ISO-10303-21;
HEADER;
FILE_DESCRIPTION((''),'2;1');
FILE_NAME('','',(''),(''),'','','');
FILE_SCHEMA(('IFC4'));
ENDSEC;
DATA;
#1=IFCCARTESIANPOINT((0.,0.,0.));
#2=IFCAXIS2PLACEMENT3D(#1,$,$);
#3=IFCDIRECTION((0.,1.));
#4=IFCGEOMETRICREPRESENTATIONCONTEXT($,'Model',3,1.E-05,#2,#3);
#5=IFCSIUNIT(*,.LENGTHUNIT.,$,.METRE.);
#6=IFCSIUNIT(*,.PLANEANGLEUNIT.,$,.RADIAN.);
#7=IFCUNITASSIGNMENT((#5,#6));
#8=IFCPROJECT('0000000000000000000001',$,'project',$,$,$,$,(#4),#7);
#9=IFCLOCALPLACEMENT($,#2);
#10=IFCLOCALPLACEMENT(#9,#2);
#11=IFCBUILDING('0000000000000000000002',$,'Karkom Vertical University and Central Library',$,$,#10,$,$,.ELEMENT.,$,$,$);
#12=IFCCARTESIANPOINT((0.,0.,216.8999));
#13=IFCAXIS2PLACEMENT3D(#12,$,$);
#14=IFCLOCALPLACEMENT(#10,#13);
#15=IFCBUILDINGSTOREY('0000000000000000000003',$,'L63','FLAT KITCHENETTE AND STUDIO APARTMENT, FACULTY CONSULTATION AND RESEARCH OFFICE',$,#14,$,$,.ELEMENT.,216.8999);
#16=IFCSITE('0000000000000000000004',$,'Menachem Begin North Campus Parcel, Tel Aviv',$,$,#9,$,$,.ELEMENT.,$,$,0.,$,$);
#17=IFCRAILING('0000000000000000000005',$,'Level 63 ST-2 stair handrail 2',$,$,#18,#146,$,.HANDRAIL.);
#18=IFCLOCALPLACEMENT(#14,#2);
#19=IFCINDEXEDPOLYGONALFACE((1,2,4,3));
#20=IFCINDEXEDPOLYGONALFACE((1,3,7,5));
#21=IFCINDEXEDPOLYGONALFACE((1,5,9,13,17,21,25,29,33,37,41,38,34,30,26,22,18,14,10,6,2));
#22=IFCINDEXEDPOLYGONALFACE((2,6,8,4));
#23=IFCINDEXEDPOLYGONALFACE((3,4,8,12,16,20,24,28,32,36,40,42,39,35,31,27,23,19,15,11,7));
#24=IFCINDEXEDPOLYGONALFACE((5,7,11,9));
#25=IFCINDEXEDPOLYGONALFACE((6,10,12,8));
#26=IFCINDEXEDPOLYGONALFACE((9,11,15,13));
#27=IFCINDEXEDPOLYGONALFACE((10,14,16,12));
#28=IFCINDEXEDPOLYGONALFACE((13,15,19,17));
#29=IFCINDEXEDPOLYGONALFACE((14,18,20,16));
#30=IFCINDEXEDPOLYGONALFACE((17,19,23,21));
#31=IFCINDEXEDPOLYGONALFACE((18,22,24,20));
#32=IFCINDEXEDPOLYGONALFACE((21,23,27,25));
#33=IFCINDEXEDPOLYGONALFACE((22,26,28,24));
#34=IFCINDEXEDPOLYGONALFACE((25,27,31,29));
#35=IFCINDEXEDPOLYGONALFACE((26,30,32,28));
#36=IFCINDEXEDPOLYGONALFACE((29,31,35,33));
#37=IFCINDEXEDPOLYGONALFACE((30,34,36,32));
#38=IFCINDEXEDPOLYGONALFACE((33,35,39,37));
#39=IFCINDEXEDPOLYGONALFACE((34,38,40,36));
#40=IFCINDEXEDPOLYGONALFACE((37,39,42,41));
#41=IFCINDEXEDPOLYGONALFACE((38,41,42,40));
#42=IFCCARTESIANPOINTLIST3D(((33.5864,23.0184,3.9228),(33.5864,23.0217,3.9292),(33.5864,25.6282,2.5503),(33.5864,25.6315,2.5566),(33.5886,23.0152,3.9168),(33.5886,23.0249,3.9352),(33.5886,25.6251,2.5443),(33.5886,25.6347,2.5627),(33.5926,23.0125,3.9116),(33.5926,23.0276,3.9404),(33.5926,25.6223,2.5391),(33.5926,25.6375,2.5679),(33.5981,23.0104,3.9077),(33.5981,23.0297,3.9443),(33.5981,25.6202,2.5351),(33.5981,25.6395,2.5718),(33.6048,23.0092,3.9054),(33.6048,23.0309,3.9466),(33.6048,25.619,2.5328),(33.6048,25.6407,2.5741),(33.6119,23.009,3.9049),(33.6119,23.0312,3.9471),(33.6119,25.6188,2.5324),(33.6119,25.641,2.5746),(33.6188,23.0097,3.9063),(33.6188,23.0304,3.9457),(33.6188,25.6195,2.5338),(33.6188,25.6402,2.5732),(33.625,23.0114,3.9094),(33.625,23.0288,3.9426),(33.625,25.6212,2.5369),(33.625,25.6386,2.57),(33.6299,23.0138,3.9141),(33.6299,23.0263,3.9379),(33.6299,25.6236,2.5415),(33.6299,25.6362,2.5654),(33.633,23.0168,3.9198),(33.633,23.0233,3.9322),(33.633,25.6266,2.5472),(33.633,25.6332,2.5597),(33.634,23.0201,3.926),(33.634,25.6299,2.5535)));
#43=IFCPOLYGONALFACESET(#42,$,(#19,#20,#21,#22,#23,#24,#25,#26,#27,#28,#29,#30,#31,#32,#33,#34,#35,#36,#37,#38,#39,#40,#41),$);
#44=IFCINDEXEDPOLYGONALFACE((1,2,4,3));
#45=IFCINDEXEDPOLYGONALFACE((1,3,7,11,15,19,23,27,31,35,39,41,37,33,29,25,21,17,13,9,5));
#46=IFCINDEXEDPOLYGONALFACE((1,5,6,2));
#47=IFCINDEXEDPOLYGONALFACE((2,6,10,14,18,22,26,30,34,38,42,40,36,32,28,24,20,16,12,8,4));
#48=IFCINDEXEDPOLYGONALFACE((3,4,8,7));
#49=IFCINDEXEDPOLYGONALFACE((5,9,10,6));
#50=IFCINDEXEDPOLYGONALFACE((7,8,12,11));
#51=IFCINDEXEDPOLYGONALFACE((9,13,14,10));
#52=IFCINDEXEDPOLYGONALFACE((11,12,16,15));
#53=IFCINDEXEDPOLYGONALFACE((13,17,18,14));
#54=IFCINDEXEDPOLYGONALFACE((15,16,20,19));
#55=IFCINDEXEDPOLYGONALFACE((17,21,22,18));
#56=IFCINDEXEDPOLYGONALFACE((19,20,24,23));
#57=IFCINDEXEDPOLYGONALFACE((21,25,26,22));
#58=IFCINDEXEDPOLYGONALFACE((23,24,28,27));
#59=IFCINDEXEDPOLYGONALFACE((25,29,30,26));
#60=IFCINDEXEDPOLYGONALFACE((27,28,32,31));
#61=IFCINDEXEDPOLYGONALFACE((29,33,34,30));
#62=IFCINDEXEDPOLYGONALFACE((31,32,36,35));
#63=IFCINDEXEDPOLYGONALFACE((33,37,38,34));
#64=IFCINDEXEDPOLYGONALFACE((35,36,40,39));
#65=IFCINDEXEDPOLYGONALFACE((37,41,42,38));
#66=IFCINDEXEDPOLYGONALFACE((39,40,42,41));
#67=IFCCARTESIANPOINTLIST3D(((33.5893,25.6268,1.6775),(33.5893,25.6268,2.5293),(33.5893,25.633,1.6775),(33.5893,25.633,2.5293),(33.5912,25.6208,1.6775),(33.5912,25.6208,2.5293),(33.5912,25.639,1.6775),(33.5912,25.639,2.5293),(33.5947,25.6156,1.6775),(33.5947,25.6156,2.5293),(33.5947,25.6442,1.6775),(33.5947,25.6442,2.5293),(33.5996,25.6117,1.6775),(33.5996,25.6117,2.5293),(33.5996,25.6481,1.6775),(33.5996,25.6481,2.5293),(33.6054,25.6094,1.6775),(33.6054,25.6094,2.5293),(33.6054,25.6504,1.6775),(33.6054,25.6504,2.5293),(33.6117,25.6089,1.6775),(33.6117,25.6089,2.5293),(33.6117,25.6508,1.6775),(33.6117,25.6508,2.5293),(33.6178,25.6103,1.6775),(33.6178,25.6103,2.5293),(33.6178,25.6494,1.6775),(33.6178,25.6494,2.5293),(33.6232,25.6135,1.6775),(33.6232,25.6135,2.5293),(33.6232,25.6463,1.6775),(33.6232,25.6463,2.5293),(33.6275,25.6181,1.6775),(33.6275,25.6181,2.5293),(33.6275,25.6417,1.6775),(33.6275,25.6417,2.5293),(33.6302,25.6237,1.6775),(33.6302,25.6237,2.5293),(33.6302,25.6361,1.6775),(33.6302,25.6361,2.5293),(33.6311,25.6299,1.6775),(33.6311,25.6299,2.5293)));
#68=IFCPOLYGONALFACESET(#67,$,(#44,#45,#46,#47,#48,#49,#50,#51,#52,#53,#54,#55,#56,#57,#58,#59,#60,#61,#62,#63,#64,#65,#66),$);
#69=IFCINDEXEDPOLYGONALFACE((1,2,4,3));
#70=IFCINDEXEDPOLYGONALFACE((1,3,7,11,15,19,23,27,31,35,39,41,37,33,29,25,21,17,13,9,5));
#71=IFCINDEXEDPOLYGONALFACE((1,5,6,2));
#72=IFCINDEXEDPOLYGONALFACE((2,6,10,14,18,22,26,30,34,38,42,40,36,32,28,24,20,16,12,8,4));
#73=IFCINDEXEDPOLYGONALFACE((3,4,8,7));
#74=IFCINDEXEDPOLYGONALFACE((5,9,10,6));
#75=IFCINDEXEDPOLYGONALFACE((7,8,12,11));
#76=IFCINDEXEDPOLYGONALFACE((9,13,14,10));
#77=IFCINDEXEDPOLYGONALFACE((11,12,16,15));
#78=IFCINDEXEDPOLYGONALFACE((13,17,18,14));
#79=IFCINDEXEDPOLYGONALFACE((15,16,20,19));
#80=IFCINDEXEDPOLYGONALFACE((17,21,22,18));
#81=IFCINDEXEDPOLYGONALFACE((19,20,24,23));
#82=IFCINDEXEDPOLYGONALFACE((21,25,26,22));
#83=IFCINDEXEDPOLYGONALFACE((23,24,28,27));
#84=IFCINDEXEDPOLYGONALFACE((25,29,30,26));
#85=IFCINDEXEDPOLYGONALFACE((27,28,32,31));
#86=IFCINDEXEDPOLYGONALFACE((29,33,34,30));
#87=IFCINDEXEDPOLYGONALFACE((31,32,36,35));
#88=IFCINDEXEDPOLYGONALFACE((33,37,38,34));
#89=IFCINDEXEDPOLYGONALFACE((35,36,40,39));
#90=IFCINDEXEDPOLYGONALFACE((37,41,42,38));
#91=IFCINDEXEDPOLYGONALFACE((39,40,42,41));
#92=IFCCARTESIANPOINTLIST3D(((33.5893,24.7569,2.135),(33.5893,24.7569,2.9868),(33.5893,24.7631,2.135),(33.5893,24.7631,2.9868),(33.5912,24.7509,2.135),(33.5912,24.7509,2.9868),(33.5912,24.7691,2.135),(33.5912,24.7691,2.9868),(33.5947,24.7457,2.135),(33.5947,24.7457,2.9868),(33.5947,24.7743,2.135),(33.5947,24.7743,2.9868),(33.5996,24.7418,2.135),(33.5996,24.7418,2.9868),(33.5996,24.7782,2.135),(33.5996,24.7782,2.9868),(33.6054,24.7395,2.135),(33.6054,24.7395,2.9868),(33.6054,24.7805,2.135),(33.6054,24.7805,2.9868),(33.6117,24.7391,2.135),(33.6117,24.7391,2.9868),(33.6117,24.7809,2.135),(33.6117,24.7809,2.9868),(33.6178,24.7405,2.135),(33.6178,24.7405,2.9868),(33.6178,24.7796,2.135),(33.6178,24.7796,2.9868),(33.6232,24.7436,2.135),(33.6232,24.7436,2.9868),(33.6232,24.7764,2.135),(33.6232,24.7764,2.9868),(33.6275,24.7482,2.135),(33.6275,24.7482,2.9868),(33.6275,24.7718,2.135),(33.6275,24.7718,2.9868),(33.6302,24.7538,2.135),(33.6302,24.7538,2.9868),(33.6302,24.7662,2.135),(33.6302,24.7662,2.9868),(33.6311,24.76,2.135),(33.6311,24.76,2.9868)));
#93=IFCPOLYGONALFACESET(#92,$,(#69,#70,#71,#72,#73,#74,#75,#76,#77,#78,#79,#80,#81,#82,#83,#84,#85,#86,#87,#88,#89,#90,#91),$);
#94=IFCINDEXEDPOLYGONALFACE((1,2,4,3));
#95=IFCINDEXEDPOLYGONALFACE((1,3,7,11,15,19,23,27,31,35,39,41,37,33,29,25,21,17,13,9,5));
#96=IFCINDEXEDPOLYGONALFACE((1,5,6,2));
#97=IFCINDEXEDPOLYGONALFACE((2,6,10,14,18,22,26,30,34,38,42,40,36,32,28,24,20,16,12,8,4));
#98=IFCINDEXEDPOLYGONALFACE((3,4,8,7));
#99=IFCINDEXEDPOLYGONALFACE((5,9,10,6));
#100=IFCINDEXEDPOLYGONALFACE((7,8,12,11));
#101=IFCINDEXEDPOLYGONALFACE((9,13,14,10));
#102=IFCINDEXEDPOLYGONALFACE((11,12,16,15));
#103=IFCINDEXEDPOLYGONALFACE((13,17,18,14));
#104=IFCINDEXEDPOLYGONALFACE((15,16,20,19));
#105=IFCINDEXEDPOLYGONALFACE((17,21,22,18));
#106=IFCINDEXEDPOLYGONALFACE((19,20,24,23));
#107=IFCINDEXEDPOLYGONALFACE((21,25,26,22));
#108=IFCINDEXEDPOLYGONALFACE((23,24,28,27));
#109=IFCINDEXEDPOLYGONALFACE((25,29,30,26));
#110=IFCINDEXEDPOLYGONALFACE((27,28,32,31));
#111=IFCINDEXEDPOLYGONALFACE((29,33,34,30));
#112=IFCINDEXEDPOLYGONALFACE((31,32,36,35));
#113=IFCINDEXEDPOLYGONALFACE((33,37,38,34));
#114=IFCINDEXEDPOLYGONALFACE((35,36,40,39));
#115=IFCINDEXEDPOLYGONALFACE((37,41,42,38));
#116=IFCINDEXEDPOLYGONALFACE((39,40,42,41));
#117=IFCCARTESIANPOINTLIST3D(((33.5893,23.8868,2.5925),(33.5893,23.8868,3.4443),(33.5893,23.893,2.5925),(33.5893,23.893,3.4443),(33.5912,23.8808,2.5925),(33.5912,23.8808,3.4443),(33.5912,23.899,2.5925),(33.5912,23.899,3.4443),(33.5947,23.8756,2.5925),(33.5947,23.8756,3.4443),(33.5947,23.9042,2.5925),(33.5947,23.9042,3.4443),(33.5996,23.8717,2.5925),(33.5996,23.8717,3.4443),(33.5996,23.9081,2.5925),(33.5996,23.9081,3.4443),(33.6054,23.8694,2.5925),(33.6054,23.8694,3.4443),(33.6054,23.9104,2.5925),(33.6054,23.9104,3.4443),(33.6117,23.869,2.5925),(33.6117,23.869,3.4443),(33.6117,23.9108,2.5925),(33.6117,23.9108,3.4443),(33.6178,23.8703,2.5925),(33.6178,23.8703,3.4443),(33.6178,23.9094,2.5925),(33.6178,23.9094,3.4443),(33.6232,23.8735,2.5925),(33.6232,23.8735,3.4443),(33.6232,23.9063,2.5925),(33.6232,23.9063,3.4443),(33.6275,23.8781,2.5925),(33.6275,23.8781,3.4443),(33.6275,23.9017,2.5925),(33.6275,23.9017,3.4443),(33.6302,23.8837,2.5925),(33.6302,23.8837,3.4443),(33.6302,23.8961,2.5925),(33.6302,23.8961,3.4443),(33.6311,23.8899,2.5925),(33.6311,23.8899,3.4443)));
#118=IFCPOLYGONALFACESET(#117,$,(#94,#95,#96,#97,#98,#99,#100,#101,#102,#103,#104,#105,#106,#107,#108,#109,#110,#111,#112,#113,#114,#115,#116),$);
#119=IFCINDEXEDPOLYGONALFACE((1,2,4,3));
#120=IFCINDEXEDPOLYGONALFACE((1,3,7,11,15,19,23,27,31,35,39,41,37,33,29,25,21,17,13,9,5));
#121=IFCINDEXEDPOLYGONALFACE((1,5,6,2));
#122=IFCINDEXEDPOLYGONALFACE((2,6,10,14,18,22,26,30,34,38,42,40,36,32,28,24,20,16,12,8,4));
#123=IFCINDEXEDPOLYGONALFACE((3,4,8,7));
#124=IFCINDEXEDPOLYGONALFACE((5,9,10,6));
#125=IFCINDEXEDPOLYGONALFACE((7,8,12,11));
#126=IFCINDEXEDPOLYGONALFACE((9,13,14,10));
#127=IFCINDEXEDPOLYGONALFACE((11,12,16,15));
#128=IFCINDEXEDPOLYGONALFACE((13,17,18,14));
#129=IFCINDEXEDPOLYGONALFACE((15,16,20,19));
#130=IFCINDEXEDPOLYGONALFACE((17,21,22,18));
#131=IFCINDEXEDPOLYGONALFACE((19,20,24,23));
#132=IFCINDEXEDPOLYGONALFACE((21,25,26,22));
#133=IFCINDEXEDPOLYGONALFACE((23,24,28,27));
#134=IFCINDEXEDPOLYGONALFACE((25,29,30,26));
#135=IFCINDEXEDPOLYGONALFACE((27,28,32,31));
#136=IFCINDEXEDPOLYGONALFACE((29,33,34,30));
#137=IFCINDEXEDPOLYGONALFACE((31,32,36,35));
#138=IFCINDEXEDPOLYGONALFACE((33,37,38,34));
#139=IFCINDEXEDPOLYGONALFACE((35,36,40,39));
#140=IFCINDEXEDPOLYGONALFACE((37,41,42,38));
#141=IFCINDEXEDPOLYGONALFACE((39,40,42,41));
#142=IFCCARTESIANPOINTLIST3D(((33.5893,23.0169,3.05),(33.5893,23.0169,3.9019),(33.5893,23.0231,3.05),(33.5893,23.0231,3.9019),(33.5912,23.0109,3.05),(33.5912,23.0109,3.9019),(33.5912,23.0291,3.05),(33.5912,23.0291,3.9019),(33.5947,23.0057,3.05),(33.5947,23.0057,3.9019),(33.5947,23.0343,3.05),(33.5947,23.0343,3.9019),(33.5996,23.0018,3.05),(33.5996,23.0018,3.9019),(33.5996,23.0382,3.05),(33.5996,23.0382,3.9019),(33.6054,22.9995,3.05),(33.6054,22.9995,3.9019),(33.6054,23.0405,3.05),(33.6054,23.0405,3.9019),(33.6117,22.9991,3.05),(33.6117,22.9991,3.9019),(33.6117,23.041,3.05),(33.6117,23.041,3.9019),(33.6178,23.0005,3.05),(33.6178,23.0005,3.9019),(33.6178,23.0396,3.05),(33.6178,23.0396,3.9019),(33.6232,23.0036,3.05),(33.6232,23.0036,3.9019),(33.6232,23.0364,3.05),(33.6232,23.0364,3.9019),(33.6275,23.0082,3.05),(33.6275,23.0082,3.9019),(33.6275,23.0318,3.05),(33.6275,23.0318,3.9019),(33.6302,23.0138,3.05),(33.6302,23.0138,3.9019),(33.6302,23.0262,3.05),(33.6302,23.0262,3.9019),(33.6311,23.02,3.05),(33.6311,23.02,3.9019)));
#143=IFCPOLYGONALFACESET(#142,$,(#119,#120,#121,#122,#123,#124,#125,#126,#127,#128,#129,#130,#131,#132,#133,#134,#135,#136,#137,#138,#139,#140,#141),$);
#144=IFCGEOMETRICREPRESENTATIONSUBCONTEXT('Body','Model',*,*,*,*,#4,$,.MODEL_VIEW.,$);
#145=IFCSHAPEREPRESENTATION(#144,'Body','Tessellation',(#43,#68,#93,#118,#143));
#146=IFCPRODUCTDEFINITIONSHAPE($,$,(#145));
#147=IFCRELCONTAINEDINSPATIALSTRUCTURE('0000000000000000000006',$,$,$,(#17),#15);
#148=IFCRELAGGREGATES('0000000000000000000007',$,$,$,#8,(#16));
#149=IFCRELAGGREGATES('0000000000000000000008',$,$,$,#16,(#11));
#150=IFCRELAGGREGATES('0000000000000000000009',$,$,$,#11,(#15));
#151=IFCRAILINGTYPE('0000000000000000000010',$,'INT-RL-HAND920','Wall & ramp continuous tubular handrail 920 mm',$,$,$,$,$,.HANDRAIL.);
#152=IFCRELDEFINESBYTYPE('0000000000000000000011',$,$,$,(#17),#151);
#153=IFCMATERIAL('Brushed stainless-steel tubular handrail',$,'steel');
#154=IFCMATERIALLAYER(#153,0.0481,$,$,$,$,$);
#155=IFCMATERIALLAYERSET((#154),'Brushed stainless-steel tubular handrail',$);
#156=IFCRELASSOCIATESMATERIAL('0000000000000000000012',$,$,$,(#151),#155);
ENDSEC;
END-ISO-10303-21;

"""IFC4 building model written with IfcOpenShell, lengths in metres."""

from ifc_helpers import new_model, si_unit, direction, frame, origin, origin_2d, place, context, subcontext, project, spatial, circle, extrude, material, layer, layer_set, type_object, element, save


model = new_model("IFC4")

# Units and contexts
model_context = context("Model", 3, precision=1e-05, world=origin(), true_north=direction((0.0, 1.0)))
body_context = subcontext(model_context, "Body", "Model", "MODEL_VIEW")
ifc_project = project(units=[si_unit("LENGTHUNIT", "METRE"), si_unit("PLANEANGLEUNIT", "RADIAN")], contexts=[model_context])

# Site, building, storey
site_placement = place(None, origin())
site = spatial("IfcSite", under=ifc_project, at=site_placement, Name="Menachem Begin North Campus Parcel, Tel Aviv", CompositionType="ELEMENT", RefElevation=0.0)
building_placement = place(site_placement, origin())
building = spatial("IfcBuilding", under=site, at=building_placement, Name="Karkom Vertical University and Central Library", CompositionType="ELEMENT")
storey_placement = place(building_placement, frame((0.0, 0.0, 216.8999)))
storey = spatial("IfcBuildingStorey", under=building, at=storey_placement, Name="L63", Description="FLAT KITCHENETTE AND STUDIO APARTMENT, FACULTY CONSULTATION AND RESEARCH OFFICE", CompositionType="ELEMENT", Elevation=216.8999)

# Railing
ifc_material_1 = material(Name="Brushed stainless-steel tubular handrail", Category="steel")
ifc_layer_1 = layer(ifc_material_1, 0.0481)
ifc_layer_set_1 = layer_set([ifc_layer_1], Name="Brushed stainless-steel tubular handrail")
railing_type_1 = type_object("IfcRailingType", Name="INT-RL-HAND920", Description="Wall & ramp continuous tubular handrail 920 mm", PredefinedType="HANDRAIL", material=ifc_layer_set_1)
railing_1_placement = place(storey_placement, frame((33.6101, 25.6299, 1.6775)))
element("IfcRailing", 1, at=railing_1_placement, inside=storey, type_object=railing_type_1, Name="Level 63 ST-2 stair handrail 2", PredefinedType="HANDRAIL", context=body_context, shape_type="SweptSolid", body=[
    extrude(circle(Radius=0.0239, at=origin_2d()), frame((0.0, 0.0, 0.876), z_axis=(0.0, -0.885065, 0.465467), x_axis=(1.0, 0.0, 0.0)), (0.0, 0.0, 1.0), 2.9487),
    extrude(circle(Radius=0.021, at=origin_2d()), origin(), (0.0, 0.0, 1.0), 0.8518),
    extrude(circle(Radius=0.021, at=origin_2d()), frame((0.0, -0.8699, 0.4575)), (0.0, 0.0, 1.0), 0.8518),
    extrude(circle(Radius=0.021, at=origin_2d()), frame((0.0, -1.74, 0.915)), (0.0, 0.0, 1.0), 0.8518),
    extrude(circle(Radius=0.021, at=origin_2d()), frame((0.0, -2.6099, 1.3726)), (0.0, 0.0, 1.0), 0.8518),
])

save(model, "model.ifc")
